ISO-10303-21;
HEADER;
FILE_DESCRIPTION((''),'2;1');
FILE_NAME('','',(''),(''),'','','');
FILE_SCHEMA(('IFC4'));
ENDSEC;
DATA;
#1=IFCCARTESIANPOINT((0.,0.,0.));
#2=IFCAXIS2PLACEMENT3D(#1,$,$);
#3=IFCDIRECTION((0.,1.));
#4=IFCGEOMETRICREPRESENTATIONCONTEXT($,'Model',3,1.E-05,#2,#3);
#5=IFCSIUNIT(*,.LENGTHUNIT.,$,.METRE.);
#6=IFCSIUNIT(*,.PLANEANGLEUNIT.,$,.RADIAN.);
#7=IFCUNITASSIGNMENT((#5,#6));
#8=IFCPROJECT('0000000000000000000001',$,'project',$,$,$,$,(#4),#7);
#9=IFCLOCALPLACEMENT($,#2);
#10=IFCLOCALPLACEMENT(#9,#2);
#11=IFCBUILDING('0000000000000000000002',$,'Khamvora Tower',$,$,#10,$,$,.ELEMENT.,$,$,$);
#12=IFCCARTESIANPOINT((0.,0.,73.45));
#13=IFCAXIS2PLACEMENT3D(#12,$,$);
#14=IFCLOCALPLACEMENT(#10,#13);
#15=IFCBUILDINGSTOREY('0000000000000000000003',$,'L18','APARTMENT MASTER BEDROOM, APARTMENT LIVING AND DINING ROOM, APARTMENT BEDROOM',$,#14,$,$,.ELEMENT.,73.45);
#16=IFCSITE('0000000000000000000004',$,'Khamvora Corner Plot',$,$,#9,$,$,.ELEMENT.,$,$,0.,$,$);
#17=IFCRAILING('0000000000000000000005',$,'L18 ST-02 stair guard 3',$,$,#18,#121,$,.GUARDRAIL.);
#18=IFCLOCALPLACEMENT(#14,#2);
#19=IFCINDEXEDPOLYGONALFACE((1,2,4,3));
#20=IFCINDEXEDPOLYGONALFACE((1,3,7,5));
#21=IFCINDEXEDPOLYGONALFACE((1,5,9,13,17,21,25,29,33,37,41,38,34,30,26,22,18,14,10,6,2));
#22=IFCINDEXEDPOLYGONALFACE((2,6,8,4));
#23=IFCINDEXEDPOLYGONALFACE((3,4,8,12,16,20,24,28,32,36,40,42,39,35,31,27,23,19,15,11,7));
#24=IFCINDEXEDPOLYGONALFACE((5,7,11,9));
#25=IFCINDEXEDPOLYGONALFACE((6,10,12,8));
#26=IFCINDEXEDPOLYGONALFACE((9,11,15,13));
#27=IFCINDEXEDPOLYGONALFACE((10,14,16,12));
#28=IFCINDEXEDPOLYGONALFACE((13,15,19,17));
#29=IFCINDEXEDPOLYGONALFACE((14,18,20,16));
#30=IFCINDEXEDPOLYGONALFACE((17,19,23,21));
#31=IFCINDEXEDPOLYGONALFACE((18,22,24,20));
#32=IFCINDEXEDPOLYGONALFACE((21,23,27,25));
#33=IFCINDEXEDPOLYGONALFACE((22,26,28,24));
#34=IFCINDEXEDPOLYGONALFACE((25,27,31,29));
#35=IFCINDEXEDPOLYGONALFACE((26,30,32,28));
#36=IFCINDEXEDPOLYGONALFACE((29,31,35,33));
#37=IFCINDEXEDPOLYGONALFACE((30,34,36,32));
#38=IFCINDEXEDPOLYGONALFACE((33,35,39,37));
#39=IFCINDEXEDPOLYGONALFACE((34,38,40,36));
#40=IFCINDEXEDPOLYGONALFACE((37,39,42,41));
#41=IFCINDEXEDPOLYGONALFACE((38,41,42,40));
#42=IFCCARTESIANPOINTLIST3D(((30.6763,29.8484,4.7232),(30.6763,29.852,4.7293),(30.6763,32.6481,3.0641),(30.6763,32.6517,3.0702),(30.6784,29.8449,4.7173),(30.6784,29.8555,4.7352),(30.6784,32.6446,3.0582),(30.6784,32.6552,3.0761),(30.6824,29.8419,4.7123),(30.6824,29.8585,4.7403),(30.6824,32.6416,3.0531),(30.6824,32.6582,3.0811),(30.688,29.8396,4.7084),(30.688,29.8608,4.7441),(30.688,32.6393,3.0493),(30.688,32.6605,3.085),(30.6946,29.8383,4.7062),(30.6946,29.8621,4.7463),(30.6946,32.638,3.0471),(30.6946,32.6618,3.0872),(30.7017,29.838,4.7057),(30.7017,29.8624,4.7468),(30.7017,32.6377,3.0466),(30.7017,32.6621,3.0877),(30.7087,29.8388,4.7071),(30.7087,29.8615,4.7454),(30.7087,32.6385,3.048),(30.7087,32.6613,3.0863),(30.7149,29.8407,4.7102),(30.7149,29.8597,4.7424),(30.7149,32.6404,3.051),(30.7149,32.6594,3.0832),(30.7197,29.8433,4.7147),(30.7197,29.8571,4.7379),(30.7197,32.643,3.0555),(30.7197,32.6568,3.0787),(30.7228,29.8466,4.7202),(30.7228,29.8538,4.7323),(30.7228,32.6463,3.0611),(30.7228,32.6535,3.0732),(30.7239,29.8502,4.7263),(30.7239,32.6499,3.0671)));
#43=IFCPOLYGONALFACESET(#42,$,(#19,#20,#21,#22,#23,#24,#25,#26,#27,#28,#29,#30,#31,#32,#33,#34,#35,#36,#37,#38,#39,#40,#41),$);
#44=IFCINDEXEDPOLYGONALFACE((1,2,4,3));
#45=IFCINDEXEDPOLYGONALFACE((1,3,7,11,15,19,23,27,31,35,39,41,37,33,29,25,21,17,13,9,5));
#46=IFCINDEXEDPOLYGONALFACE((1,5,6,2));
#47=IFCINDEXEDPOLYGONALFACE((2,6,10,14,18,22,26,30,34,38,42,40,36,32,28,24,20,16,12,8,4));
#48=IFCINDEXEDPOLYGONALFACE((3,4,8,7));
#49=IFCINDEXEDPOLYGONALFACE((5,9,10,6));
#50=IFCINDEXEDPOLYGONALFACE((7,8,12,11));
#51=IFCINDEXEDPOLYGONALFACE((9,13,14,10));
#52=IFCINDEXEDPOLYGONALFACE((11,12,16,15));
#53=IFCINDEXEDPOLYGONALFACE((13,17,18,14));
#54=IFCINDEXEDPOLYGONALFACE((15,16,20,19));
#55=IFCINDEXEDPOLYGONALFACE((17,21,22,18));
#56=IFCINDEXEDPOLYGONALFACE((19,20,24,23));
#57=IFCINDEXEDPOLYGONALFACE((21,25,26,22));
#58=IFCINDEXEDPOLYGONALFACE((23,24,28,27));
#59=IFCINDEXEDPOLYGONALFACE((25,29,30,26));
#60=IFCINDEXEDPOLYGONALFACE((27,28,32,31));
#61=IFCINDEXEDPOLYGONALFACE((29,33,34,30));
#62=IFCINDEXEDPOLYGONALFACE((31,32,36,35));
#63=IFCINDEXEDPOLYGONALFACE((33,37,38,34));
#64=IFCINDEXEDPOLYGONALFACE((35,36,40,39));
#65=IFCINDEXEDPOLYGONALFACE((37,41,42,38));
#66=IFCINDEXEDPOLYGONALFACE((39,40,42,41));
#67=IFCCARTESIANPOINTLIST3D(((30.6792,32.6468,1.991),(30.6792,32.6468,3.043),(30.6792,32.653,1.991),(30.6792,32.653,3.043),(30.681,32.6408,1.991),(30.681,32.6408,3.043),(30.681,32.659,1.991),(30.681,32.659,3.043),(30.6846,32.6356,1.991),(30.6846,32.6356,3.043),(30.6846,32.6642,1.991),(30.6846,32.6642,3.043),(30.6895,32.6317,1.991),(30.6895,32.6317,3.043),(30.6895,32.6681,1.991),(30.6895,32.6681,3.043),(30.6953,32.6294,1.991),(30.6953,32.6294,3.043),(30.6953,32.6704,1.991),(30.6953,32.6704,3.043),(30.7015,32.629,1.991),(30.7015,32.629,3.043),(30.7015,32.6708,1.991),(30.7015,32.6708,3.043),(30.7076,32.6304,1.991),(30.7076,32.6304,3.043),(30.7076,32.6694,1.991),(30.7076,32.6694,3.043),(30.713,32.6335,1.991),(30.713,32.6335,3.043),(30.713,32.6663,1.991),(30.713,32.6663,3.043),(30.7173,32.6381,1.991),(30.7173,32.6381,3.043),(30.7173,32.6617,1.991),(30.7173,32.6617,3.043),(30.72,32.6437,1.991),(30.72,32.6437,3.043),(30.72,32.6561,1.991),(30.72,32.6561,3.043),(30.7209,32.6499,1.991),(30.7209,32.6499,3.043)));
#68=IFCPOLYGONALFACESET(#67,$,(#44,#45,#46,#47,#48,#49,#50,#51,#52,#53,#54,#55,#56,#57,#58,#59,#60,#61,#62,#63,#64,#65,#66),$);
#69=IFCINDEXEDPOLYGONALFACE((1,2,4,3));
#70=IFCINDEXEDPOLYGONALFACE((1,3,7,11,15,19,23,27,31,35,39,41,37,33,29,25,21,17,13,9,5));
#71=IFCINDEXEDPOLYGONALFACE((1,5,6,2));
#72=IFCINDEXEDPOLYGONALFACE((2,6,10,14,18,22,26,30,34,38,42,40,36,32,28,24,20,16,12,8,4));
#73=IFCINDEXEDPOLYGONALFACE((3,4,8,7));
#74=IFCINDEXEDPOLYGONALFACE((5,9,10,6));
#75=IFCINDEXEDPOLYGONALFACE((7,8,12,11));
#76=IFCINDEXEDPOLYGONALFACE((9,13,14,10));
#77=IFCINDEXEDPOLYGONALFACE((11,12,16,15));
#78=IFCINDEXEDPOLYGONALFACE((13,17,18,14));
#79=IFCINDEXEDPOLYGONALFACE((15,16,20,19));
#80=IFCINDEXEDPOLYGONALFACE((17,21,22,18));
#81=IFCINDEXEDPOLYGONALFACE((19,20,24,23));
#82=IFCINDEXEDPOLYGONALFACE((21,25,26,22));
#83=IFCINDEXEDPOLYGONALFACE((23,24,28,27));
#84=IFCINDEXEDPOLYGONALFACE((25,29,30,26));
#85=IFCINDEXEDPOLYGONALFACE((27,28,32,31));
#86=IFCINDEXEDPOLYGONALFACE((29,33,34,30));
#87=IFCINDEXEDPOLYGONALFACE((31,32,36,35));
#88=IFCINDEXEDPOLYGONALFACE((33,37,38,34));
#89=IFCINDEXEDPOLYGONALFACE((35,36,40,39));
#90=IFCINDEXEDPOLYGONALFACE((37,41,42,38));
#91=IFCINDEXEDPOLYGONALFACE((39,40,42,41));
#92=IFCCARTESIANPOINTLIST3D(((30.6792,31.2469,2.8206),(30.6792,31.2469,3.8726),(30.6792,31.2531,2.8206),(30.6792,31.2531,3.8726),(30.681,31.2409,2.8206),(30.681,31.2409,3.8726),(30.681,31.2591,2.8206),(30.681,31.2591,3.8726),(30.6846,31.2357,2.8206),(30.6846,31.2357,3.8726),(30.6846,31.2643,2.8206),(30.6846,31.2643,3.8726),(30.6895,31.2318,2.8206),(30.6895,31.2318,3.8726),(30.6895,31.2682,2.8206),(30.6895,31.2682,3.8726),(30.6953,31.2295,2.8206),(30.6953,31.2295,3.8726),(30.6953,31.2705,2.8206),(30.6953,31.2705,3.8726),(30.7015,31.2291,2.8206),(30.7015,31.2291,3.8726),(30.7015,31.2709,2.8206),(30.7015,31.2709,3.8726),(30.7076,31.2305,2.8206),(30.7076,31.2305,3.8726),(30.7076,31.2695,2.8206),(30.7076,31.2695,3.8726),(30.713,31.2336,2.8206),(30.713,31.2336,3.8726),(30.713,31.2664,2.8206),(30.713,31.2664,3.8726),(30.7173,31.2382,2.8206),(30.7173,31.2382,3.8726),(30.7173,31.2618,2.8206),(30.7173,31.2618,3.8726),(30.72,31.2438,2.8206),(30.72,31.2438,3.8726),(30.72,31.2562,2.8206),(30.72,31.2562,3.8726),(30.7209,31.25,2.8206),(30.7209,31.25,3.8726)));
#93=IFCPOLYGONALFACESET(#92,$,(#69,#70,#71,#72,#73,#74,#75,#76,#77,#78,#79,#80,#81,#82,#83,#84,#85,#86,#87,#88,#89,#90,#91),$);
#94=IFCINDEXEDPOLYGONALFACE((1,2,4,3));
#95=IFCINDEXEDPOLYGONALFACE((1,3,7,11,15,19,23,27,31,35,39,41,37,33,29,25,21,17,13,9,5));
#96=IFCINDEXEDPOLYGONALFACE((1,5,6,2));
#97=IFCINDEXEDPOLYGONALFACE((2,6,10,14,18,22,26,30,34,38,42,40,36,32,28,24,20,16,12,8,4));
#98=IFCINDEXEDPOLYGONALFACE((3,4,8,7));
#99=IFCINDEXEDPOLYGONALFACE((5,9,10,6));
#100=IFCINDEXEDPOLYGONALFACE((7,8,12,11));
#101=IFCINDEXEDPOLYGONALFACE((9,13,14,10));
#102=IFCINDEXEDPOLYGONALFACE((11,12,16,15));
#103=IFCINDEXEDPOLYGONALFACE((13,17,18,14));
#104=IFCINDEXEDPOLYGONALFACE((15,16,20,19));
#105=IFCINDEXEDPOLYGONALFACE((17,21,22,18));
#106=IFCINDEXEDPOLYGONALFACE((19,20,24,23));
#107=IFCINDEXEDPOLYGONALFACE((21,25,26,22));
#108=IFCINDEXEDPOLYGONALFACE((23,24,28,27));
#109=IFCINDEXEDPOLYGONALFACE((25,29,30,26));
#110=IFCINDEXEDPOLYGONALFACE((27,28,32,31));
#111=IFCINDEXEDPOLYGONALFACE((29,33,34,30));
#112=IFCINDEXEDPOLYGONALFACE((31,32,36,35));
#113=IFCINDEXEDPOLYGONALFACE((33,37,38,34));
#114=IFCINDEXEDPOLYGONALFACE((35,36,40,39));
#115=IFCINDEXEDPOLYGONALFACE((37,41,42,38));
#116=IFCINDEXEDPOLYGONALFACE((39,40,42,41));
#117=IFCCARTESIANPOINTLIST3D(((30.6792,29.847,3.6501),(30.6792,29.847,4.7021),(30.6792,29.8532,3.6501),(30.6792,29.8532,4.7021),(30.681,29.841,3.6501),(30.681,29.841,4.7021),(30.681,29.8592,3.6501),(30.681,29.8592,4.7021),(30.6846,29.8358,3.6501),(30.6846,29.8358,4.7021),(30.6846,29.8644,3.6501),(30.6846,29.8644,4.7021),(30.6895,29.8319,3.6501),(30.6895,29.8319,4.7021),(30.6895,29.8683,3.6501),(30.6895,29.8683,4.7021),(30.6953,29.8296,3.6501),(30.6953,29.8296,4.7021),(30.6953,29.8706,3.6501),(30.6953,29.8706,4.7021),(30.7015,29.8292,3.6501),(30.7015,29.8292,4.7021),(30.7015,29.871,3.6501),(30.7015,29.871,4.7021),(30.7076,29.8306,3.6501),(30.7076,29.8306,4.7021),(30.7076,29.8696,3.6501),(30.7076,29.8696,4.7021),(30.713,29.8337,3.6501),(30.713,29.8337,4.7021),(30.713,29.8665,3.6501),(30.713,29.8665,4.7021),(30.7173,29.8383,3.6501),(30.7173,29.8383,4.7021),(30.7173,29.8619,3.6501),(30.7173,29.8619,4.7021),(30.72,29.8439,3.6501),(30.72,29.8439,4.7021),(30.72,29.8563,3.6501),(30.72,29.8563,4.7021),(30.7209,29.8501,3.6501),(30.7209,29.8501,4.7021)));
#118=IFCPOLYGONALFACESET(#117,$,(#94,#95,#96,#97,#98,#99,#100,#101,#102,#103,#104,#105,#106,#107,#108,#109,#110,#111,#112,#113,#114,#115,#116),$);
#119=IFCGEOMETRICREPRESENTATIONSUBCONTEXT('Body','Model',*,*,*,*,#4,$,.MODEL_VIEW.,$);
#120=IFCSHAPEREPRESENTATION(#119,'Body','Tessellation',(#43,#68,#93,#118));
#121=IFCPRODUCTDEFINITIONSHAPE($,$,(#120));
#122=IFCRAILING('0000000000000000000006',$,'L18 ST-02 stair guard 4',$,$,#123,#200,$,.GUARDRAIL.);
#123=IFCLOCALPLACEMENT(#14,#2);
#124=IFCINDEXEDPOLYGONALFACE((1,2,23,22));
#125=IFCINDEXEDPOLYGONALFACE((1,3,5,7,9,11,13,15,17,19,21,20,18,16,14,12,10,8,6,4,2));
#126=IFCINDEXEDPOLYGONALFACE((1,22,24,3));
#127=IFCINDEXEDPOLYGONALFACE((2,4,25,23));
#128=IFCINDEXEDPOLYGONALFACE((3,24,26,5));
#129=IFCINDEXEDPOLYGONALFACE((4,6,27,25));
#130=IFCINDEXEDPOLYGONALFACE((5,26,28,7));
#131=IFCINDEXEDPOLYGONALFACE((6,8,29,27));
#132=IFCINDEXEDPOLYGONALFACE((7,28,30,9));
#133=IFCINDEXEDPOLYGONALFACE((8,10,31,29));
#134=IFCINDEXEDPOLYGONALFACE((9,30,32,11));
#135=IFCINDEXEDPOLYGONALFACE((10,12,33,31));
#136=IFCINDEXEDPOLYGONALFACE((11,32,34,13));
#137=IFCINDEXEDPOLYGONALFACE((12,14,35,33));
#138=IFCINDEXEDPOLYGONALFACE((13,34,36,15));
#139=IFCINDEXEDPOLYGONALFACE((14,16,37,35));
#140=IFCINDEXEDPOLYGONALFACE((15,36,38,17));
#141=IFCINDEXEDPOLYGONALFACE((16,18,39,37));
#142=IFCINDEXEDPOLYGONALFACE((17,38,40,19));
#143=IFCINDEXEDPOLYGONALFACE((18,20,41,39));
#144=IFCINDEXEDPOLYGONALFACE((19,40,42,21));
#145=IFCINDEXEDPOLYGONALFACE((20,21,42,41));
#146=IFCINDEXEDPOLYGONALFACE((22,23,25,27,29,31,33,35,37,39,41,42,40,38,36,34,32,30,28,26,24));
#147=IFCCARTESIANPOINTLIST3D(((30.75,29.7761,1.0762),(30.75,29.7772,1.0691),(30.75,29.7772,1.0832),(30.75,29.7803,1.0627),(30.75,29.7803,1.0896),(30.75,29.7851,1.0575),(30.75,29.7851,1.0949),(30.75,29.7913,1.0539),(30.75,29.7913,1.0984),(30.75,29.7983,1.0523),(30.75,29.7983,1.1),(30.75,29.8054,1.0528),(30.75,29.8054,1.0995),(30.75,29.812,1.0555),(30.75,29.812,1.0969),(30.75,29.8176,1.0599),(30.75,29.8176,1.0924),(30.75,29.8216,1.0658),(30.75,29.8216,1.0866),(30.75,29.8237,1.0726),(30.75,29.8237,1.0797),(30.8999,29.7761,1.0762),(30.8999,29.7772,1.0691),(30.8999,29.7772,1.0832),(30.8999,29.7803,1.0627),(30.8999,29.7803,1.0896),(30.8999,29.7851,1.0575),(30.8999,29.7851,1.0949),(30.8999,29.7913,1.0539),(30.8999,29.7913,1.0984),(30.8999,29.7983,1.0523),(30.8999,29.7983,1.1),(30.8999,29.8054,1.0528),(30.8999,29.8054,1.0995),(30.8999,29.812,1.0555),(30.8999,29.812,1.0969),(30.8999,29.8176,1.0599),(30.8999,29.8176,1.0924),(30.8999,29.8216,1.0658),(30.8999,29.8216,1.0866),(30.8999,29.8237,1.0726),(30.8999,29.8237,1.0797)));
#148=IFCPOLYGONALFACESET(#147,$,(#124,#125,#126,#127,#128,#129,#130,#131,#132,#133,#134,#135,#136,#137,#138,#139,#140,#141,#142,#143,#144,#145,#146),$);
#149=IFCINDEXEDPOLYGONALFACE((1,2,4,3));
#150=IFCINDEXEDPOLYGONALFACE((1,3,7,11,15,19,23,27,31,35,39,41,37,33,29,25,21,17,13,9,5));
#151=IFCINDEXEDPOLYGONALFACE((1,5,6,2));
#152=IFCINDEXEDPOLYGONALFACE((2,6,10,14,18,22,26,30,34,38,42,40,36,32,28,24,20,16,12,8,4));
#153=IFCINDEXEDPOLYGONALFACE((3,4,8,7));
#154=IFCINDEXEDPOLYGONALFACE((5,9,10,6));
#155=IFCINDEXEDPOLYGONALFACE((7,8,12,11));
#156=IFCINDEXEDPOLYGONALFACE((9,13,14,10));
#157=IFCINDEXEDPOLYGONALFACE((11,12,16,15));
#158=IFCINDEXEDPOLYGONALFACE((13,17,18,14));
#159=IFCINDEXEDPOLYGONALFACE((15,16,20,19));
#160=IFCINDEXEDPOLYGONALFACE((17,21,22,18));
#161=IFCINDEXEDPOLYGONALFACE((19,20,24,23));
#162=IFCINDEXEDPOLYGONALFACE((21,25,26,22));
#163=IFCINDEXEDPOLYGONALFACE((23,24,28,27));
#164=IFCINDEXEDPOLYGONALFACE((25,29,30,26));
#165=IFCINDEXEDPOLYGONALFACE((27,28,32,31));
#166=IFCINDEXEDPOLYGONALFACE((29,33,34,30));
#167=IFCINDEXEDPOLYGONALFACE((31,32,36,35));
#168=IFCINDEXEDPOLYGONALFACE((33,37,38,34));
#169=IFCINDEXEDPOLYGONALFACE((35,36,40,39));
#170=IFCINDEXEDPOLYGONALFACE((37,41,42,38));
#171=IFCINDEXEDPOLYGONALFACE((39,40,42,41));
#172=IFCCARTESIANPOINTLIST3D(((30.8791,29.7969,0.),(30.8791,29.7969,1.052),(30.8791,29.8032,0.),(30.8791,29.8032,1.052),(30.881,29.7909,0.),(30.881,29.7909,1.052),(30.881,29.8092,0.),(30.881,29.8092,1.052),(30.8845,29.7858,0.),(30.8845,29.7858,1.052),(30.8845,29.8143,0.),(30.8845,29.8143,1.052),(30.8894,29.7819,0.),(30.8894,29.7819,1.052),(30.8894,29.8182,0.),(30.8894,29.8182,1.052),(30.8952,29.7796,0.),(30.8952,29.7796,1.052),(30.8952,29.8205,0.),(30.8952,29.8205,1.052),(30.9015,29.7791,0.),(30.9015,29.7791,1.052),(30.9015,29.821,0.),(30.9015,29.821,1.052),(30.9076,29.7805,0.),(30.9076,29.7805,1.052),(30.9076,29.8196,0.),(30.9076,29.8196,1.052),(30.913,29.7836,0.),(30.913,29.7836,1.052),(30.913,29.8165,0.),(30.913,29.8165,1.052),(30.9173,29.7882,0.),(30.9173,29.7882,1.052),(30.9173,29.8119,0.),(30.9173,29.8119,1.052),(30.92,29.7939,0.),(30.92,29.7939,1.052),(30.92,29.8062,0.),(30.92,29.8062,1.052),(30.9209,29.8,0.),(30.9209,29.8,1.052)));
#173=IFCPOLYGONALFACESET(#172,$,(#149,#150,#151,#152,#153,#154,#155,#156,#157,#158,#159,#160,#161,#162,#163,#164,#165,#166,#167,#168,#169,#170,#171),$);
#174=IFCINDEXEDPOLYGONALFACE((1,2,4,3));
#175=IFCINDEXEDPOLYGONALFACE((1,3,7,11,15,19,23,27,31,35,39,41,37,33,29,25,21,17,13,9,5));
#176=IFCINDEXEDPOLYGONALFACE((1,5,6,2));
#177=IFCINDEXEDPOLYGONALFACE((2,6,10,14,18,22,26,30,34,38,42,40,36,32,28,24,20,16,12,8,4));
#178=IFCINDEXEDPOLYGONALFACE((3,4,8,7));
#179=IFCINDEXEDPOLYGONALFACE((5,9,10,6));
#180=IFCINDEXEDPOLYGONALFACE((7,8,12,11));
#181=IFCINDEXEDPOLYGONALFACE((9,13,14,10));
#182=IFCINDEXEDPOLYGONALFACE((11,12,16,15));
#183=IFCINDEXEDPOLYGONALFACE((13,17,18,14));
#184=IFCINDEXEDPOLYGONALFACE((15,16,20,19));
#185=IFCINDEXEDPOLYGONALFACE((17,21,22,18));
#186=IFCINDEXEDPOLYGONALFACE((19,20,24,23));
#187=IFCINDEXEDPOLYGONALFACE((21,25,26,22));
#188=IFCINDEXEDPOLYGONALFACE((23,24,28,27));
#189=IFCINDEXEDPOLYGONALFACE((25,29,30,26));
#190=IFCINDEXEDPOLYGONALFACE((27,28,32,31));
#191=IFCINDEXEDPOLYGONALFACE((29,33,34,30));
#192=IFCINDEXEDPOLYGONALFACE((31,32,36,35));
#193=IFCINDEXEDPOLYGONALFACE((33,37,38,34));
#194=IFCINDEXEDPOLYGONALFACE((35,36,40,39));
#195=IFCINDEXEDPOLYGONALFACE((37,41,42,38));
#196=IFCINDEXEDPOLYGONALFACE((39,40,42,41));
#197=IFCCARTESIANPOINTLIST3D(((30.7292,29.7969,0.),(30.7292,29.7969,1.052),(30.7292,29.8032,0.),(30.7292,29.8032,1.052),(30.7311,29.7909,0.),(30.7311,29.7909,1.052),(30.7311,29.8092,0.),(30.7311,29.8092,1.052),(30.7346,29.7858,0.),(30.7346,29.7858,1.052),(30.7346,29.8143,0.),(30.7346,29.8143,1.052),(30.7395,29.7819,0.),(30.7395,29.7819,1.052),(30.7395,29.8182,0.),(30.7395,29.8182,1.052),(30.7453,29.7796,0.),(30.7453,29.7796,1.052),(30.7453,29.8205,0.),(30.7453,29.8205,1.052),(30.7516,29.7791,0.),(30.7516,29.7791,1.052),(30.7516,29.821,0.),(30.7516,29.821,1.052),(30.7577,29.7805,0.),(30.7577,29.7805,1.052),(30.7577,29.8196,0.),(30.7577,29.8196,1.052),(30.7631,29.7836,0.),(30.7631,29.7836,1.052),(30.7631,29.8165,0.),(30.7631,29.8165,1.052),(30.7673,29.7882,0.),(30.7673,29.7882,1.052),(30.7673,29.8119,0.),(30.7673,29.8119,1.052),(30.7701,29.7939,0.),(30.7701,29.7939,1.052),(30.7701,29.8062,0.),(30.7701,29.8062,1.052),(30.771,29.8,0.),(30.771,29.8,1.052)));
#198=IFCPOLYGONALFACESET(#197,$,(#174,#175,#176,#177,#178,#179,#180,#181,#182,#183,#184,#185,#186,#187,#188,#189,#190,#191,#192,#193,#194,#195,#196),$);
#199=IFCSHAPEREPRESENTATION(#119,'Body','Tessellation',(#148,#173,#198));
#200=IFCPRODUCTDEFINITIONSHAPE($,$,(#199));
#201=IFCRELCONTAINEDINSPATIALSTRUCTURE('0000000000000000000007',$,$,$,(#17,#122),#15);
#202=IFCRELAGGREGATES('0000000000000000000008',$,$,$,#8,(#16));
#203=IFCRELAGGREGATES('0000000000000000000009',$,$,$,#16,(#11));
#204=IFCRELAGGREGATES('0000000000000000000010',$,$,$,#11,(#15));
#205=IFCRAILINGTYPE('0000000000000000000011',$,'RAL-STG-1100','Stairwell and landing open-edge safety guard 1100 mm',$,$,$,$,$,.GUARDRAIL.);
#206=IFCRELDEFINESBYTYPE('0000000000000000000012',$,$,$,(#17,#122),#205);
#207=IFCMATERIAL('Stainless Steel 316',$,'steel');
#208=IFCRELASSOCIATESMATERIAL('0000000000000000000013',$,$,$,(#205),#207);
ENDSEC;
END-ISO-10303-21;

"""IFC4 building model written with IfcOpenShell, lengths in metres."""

from ifc_helpers import new_model, si_unit, direction, frame, origin, origin_2d, place, context, subcontext, project, spatial, circle, extrude, material, type_object, element, save


model = new_model("IFC4")

# Units and contexts
model_context = context("Model", 3, precision=1e-05, world=origin(), true_north=direction((0.0, 1.0)))
body_context = subcontext(model_context, "Body", "Model", "MODEL_VIEW")
ifc_project = project(units=[si_unit("LENGTHUNIT", "METRE"), si_unit("PLANEANGLEUNIT", "RADIAN")], contexts=[model_context])

# Site, building, storey
site_placement = place(None, origin())
site = spatial("IfcSite", under=ifc_project, at=site_placement, Name="Khamvora Corner Plot", CompositionType="ELEMENT", RefElevation=0.0)
building_placement = place(site_placement, origin())
building = spatial("IfcBuilding", under=site, at=building_placement, Name="Khamvora Tower", CompositionType="ELEMENT")
storey_placement = place(building_placement, frame((0.0, 0.0, 73.45)))
storey = spatial("IfcBuildingStorey", under=building, at=storey_placement, Name="L18", Description="APARTMENT MASTER BEDROOM, APARTMENT LIVING AND DINING ROOM, APARTMENT BEDROOM", CompositionType="ELEMENT", Elevation=73.45)

# Railings
ifc_material_1 = material(Name="Stainless Steel 316", Category="steel")
railing_type_1 = type_object("IfcRailingType", Name="RAL-STG-1100", Description="Stairwell and landing open-edge safety guard 1100 mm", PredefinedType="GUARDRAIL", material=ifc_material_1)
railing_1_placement = place(storey_placement, frame((30.7, 32.6499, 1.991)))
element("IfcRailing", 1, at=railing_1_placement, inside=storey, type_object=railing_type_1, Name="L18 ST-02 stair guard 3", PredefinedType="GUARDRAIL", context=body_context, shape_type="SweptSolid", body=[
    extrude(circle(Radius=0.0239, at=origin_2d()), frame((0.0, 0.0, 1.0762), z_axis=(0.0, -0.860287, 0.509811), x_axis=(1.0, 0.0, 0.0)), (0.0, 0.0, 1.0), 3.2544),
    extrude(circle(Radius=0.021, at=origin_2d()), origin(), (0.0, 0.0, 1.0), 1.052),
    extrude(circle(Radius=0.021, at=origin_2d()), frame((0.0, -1.3999, 0.8296)), (0.0, 0.0, 1.0), 1.052),
    extrude(circle(Radius=0.021, at=origin_2d()), frame((0.0, -2.7998, 1.6592)), (0.0, 0.0, 1.0), 1.052),
])
railing_2_placement = place(storey_placement, frame((30.8999, 29.8, 0.0)))
element("IfcRailing", 2, at=railing_2_placement, inside=storey, type_object=railing_type_1, Name="L18 ST-02 stair guard 4", PredefinedType="GUARDRAIL", context=body_context, shape_type="SweptSolid", body=[
    extrude(circle(Radius=0.0239, at=origin_2d()), frame((0.0, 0.0, 1.0762), z_axis=(-1.0, 0.0, 0.0), x_axis=(0.0, -1.0, 0.0)), (0.0, 0.0, 1.0), 0.1499),
    extrude(circle(Radius=0.021, at=origin_2d()), origin(), (0.0, 0.0, 1.0), 1.052),
    extrude(circle(Radius=0.021, at=origin_2d()), frame((-0.1499, 0.0, 0.0)), (0.0, 0.0, 1.0), 1.052),
])

save(model, "model.ifc")
